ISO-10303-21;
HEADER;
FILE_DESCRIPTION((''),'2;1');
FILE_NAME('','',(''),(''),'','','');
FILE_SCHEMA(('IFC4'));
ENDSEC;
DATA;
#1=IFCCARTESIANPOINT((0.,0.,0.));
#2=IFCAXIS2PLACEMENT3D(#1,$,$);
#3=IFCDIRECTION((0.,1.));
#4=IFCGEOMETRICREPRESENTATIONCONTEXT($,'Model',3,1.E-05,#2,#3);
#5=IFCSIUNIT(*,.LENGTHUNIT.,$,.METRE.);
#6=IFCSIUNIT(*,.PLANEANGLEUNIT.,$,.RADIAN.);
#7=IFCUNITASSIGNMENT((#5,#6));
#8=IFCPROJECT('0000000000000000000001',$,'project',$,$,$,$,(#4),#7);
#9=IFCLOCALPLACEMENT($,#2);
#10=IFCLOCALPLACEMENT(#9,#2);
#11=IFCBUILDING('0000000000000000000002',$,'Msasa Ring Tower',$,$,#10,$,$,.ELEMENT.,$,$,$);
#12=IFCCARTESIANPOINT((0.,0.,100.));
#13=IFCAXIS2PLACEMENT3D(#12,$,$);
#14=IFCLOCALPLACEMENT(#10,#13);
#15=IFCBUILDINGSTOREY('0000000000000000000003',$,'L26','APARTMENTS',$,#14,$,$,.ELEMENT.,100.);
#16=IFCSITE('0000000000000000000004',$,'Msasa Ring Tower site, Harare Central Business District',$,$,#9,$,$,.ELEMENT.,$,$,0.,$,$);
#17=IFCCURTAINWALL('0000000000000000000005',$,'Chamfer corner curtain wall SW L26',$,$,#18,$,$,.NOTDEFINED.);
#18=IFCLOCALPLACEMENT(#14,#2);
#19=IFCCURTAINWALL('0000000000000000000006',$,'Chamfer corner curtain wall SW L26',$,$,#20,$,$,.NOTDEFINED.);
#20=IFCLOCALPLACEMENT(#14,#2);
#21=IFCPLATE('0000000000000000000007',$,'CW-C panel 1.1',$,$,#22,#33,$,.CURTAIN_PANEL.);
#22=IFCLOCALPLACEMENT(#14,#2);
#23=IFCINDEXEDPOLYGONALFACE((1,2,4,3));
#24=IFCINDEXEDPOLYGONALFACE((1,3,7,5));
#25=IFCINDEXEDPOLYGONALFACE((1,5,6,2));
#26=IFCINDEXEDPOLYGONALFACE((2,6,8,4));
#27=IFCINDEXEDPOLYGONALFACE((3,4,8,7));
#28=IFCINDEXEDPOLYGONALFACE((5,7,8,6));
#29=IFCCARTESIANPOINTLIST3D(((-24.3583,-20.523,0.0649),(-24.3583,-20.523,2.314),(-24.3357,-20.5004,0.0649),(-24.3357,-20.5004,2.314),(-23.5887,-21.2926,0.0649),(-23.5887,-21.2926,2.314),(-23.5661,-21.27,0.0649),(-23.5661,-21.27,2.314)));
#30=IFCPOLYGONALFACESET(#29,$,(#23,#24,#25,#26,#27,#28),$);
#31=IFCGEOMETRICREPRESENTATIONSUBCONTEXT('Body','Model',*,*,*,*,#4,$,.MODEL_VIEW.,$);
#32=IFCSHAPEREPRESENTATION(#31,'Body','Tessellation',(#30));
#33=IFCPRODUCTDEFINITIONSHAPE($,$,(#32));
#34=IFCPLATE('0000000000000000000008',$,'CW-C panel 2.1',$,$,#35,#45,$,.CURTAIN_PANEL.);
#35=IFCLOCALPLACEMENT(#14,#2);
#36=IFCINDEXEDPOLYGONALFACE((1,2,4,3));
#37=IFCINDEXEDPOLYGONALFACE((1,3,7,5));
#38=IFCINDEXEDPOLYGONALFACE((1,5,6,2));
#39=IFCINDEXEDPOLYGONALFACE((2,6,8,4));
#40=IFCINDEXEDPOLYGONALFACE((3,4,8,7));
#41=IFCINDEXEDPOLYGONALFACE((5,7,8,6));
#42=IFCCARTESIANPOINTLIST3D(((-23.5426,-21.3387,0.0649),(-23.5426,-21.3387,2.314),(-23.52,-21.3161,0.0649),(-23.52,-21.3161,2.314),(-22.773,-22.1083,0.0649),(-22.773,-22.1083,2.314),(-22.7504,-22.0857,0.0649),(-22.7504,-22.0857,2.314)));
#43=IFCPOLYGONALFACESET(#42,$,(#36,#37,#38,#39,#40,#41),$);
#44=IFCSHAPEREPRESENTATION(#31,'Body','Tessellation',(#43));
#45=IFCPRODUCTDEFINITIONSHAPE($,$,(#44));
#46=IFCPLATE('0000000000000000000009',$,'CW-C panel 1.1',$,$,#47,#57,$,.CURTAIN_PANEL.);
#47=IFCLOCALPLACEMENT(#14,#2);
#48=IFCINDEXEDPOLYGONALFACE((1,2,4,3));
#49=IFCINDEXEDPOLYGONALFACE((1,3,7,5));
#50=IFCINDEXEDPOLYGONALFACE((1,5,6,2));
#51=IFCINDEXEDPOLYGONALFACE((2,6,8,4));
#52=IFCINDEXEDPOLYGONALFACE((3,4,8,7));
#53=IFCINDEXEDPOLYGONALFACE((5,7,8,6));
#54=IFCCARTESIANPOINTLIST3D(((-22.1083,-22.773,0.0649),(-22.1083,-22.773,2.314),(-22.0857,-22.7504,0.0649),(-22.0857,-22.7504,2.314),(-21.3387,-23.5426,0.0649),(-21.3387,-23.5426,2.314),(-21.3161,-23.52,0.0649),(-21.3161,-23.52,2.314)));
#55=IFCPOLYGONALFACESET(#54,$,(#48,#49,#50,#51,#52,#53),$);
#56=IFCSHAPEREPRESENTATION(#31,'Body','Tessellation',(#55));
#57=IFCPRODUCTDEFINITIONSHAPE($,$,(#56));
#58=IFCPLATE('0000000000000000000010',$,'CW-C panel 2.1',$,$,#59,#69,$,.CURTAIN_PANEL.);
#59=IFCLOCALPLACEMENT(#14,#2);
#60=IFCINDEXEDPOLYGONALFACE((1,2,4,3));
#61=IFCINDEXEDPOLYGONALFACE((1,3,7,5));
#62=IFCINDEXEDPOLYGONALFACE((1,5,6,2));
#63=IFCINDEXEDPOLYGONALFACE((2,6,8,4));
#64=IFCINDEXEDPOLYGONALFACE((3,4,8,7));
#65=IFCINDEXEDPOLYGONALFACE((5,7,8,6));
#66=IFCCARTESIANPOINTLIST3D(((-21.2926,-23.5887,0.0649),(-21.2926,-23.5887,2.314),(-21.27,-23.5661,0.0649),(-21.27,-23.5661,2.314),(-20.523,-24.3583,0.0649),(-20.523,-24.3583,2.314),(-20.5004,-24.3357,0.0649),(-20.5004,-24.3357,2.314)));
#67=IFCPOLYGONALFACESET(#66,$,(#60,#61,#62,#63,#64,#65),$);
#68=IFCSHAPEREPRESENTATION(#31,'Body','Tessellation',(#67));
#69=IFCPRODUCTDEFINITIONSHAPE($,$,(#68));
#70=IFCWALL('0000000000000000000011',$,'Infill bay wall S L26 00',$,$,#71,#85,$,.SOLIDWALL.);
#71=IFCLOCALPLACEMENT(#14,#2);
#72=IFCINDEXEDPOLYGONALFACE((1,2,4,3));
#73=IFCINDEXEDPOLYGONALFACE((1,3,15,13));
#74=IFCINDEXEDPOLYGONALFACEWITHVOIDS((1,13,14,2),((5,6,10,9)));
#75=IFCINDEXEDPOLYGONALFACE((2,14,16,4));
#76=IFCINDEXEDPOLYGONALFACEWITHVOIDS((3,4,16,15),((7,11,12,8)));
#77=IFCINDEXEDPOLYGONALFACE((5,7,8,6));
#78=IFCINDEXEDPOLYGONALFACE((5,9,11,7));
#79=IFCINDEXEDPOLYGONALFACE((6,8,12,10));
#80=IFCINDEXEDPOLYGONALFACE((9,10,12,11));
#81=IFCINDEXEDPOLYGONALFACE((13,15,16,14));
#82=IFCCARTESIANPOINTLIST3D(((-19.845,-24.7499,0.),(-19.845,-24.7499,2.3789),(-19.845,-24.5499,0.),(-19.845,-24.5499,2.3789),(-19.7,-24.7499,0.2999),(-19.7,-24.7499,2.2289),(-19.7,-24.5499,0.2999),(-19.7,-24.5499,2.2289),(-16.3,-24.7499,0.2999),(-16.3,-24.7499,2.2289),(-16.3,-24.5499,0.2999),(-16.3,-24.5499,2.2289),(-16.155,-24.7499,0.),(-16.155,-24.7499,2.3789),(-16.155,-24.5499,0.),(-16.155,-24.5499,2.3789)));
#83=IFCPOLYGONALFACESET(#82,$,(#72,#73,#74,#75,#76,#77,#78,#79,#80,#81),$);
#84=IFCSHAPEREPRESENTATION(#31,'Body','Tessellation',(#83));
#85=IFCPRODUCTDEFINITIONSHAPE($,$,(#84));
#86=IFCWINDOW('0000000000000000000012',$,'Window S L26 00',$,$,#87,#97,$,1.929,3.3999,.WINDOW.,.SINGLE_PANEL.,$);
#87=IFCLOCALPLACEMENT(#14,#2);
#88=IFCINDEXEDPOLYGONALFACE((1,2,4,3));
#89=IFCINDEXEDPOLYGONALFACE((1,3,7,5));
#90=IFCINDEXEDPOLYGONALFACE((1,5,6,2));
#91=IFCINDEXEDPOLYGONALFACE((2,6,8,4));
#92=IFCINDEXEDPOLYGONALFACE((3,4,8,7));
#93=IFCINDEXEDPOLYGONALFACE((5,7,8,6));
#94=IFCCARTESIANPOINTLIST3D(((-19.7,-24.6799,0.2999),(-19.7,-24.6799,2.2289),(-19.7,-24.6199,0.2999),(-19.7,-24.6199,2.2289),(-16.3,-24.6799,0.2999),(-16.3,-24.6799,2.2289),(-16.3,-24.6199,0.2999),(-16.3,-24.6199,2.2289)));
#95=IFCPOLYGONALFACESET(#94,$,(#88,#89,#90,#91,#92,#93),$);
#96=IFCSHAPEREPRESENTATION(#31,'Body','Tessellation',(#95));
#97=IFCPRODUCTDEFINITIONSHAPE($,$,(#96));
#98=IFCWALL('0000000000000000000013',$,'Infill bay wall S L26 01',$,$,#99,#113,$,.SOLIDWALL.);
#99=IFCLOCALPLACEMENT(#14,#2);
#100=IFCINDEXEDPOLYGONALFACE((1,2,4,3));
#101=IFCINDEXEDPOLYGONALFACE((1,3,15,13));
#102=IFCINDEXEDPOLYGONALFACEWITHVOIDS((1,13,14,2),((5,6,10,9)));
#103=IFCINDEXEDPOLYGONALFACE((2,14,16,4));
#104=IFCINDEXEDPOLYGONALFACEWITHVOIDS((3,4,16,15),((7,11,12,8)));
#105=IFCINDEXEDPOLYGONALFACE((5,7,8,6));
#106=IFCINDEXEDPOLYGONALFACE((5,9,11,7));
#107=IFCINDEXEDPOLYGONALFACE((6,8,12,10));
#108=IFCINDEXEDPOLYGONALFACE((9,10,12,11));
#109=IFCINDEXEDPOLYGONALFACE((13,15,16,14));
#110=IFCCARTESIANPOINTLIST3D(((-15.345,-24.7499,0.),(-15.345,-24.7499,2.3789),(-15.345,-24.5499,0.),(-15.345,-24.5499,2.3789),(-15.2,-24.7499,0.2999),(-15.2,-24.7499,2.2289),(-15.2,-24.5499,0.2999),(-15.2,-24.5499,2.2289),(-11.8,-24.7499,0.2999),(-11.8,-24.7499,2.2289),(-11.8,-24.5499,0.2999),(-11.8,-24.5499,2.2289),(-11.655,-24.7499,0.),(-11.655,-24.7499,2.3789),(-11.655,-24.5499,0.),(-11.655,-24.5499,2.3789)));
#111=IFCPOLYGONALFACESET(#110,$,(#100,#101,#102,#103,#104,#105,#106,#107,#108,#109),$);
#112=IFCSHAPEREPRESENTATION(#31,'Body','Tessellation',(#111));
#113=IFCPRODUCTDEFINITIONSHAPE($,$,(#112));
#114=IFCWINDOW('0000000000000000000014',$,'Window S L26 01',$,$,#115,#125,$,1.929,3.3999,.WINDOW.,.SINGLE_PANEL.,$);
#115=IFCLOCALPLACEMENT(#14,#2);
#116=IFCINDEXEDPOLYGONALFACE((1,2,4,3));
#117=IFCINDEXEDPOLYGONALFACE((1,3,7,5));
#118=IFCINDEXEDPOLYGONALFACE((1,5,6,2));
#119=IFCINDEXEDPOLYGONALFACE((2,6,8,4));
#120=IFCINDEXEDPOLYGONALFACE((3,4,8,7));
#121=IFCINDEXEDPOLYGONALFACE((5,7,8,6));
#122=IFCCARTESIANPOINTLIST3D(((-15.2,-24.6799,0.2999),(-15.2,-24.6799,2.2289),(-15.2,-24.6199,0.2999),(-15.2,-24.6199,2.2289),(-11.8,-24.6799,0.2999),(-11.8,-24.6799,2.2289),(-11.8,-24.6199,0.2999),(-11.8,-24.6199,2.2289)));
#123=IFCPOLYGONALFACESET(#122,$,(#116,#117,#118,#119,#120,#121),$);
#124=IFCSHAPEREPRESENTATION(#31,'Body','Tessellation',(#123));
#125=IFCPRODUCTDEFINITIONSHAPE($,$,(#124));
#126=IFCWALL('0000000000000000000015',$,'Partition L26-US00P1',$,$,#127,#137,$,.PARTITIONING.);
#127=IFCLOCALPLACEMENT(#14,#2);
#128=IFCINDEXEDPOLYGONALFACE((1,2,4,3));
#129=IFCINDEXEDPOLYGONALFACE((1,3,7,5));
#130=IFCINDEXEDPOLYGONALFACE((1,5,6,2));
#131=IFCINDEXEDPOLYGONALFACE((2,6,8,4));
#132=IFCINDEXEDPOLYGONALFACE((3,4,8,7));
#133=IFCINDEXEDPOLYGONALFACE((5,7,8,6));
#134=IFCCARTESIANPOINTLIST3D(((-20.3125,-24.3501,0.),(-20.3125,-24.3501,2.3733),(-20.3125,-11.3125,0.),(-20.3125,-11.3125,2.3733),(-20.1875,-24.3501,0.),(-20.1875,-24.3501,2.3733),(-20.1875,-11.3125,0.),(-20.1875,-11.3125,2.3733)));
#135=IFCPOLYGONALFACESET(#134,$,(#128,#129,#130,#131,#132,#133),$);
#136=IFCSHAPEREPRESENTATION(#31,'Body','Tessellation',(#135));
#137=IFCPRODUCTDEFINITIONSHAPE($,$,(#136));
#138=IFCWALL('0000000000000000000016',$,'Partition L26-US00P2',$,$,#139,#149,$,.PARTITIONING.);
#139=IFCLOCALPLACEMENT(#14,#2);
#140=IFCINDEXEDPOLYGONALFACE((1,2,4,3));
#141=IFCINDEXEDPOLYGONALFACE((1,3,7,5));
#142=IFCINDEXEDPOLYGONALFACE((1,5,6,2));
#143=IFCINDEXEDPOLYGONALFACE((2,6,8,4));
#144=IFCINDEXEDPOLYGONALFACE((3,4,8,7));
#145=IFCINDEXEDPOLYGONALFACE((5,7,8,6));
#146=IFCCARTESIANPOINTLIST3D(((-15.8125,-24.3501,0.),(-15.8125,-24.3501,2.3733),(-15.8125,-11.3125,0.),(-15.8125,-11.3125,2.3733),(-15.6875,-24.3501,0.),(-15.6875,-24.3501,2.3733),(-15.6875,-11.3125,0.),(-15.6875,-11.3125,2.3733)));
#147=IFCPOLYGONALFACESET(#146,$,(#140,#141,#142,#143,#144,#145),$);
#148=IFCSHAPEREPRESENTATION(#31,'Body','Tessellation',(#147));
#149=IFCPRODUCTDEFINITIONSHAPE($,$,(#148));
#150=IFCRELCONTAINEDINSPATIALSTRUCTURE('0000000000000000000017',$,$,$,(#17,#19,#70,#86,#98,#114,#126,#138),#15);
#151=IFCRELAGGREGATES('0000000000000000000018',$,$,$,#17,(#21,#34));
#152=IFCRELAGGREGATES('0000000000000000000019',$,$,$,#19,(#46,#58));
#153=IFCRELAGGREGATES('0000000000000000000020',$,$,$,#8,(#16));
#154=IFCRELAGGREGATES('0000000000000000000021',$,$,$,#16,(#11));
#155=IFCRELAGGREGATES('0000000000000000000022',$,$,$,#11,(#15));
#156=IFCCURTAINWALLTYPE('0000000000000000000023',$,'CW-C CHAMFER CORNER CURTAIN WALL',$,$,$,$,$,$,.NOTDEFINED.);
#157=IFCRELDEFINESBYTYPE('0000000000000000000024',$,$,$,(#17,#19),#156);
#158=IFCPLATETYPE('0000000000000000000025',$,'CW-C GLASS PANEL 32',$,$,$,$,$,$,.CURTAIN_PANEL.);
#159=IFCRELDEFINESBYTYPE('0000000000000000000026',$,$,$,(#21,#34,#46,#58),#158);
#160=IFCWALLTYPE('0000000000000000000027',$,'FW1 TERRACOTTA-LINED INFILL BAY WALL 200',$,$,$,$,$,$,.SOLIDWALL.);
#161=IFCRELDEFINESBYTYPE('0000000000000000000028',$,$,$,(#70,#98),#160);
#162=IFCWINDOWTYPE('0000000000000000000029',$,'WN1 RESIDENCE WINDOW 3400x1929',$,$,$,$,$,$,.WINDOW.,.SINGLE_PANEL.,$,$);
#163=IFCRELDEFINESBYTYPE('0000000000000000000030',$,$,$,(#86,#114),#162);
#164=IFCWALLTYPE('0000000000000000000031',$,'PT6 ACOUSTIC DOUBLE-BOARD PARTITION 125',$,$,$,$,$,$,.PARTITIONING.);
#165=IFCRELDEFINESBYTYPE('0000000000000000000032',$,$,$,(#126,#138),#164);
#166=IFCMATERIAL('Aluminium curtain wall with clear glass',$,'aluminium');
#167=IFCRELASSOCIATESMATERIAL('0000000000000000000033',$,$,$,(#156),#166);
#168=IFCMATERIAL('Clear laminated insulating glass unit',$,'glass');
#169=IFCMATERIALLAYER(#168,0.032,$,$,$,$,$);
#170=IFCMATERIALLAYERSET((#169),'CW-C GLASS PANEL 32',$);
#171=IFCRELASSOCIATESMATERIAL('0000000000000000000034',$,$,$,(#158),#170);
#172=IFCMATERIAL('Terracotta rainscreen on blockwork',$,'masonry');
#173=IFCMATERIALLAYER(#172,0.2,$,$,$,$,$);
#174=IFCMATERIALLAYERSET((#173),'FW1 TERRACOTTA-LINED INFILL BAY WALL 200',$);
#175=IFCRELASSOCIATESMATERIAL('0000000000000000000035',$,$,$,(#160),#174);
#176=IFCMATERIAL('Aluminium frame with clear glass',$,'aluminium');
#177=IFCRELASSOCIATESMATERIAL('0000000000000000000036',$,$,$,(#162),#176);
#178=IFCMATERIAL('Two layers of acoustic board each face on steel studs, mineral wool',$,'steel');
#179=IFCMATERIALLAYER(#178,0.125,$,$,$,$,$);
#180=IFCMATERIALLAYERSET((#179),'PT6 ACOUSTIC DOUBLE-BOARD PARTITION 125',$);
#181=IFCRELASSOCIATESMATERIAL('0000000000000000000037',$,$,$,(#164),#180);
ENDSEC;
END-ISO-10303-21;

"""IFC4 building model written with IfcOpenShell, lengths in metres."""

from ifc_helpers import new_model, si_unit, direction, frame, frame_2d, origin, origin_2d, place, context, subcontext, project, spatial, rectangle, extrude, material, layer, layer_set, type_object, element, fill, aggregate, save


model = new_model("IFC4")

# Units and contexts
model_context = context("Model", 3, precision=1e-05, world=origin(), true_north=direction((0.0, 1.0)))
body_context = subcontext(model_context, "Body", "Model", "MODEL_VIEW")
ifc_project = project(units=[si_unit("LENGTHUNIT", "METRE"), si_unit("PLANEANGLEUNIT", "RADIAN")], contexts=[model_context])

# Site, building, storey
site_placement = place(None, origin())
site = spatial("IfcSite", under=ifc_project, at=site_placement, Name="Msasa Ring Tower site, Harare Central Business District", CompositionType="ELEMENT", RefElevation=0.0)
building_placement = place(site_placement, origin())
building = spatial("IfcBuilding", under=site, at=building_placement, Name="Msasa Ring Tower", CompositionType="ELEMENT")
storey_placement = place(building_placement, frame((0.0, 0.0, 100.0)))
storey = spatial("IfcBuildingStorey", under=building, at=storey_placement, Name="L26", Description="APARTMENTS", CompositionType="ELEMENT", Elevation=100.0)

# Curtain walls
ifc_material_1 = material(Name="Aluminium curtain wall with clear glass", Category="aluminium")
curtain_wall_type = type_object("IfcCurtainWallType", Name="CW-C CHAMFER CORNER CURTAIN WALL", PredefinedType="NOTDEFINED", material=ifc_material_1)
curtain_wall_1_placement = place(storey_placement, origin())
curtain_wall_1 = element("IfcCurtainWall", 1, at=curtain_wall_1_placement, inside=storey, type_object=curtain_wall_type, Name="Chamfer corner curtain wall SW L26", PredefinedType="NOTDEFINED")
curtain_wall_2_placement = place(storey_placement, origin())
curtain_wall_2 = element("IfcCurtainWall", 2, at=curtain_wall_2_placement, inside=storey, type_object=curtain_wall_type, Name="Chamfer corner curtain wall SW L26", PredefinedType="NOTDEFINED")

# Plates
ifc_material_2 = material(Name="Clear laminated insulating glass unit", Category="glass")
ifc_layer_1 = layer(ifc_material_2, 0.032)
ifc_layer_set_1 = layer_set([ifc_layer_1], Name="CW-C GLASS PANEL 32")
plate_type = type_object("IfcPlateType", Name="CW-C GLASS PANEL 32", PredefinedType="CURTAIN_PANEL", material=ifc_layer_set_1)
plate_1_placement = place(storey_placement, frame((-23.9622, -20.8965, 0.0649), z_axis=(0.0, 0.0, 1.0), x_axis=(0.707107, -0.707107, 0.0)))
plate_1 = element("IfcPlate", 3, at=plate_1_placement, type_object=plate_type, Name="CW-C panel 1.1", PredefinedType="CURTAIN_PANEL", context=body_context, shape_type="SweptSolid", body=[
    extrude(rectangle(XDim=1.0884, YDim=0.032, at=origin_2d()), origin(), (0.0, 0.0, 1.0), 2.249),
])
plate_2_placement = place(storey_placement, frame((-23.1465, -21.7122, 0.0649), z_axis=(0.0, 0.0, 1.0), x_axis=(0.707107, -0.707107, 0.0)))
plate_2 = element("IfcPlate", 4, at=plate_2_placement, type_object=plate_type, Name="CW-C panel 2.1", PredefinedType="CURTAIN_PANEL", context=body_context, shape_type="SweptSolid", body=[
    extrude(rectangle(XDim=1.0884, YDim=0.032, at=origin_2d()), origin(), (0.0, 0.0, 1.0), 2.249),
])
aggregate(curtain_wall_1, [plate_1, plate_2])
plate_3_placement = place(storey_placement, frame((-21.7122, -23.1465, 0.0649), z_axis=(0.0, 0.0, 1.0), x_axis=(0.707107, -0.707107, 0.0)))
plate_3 = element("IfcPlate", 5, at=plate_3_placement, type_object=plate_type, Name="CW-C panel 1.1", PredefinedType="CURTAIN_PANEL", context=body_context, shape_type="SweptSolid", body=[
    extrude(rectangle(XDim=1.0884, YDim=0.032, at=origin_2d()), origin(), (0.0, 0.0, 1.0), 2.249),
])
plate_4_placement = place(storey_placement, frame((-20.8965, -23.9622, 0.0649), z_axis=(0.0, 0.0, 1.0), x_axis=(0.707107, -0.707107, 0.0)))
plate_4 = element("IfcPlate", 6, at=plate_4_placement, type_object=plate_type, Name="CW-C panel 2.1", PredefinedType="CURTAIN_PANEL", context=body_context, shape_type="SweptSolid", body=[
    extrude(rectangle(XDim=1.0884, YDim=0.032, at=origin_2d()), origin(), (0.0, 0.0, 1.0), 2.249),
])
aggregate(curtain_wall_2, [plate_3, plate_4])

# Walls, openings, windows
ifc_material_3 = material(Name="Terracotta rainscreen on blockwork", Category="masonry")
ifc_layer_2 = layer(ifc_material_3, 0.2)
ifc_layer_set_2 = layer_set([ifc_layer_2], Name="FW1 TERRACOTTA-LINED INFILL BAY WALL 200")
wall_type_1 = type_object("IfcWallType", Name="FW1 TERRACOTTA-LINED INFILL BAY WALL 200", PredefinedType="SOLIDWALL", material=ifc_layer_set_2)
wall_1_placement = place(storey_placement, frame((-19.845, -24.6499, 0.0), z_axis=(0.0, 0.0, 1.0), x_axis=(1.0, 0.0, 0.0)))
wall_1 = element("IfcWall", 7, at=wall_1_placement, inside=storey, type_object=wall_type_1, Name="Infill bay wall S L26 00", PredefinedType="SOLIDWALL", context=body_context, shape_type="SweptSolid", body=[
    extrude(rectangle(XDim=3.6899, YDim=0.2, at=frame_2d((1.845, 0.0))), origin(), (0.0, 0.0, 1.0), 2.3789),
])
opening_1_placement = place(wall_1_placement, frame((0.145, 0.0, 0.3)))
opening_1 = element("IfcOpeningElement", 8, at=opening_1_placement, cuts=wall_1, PredefinedType="OPENING", context=body_context, shape_type="SweptSolid", body=[
    extrude(rectangle(XDim=3.3999, YDim=1.929, at=frame_2d((1.7, 0.9644))), frame((0.0, 0.1099, 0.0), z_axis=(0.0, -1.0, 0.0), x_axis=(1.0, 0.0, 0.0)), (0.0, 0.0, 1.0), 0.22),
])
ifc_material_4 = material(Name="Aluminium frame with clear glass", Category="aluminium")
window_type = type_object("IfcWindowType", Name="WN1 RESIDENCE WINDOW 3400x1929", PartitioningType="SINGLE_PANEL", PredefinedType="WINDOW", material=ifc_material_4)
window_1_placement = place(opening_1_placement, origin())
window_1 = element("IfcWindow", 9, at=window_1_placement, inside=storey, type_object=window_type, Name="Window S L26 00", OverallHeight=1.929, OverallWidth=3.3999, PartitioningType="SINGLE_PANEL", PredefinedType="WINDOW", context=body_context, shape_type="SweptSolid", body=[
    extrude(rectangle(XDim=3.3999, YDim=1.929, at=frame_2d((1.7, 0.9644))), frame((0.0, 0.03, 0.0), z_axis=(0.0, -1.0, 0.0), x_axis=(1.0, 0.0, 0.0)), (0.0, 0.0, 1.0), 0.0601),
])
fill(opening_1, window_1)
wall_2_placement = place(storey_placement, frame((-15.345, -24.6499, 0.0), z_axis=(0.0, 0.0, 1.0), x_axis=(1.0, 0.0, 0.0)))
wall_2 = element("IfcWall", 10, at=wall_2_placement, inside=storey, type_object=wall_type_1, Name="Infill bay wall S L26 01", PredefinedType="SOLIDWALL", context=body_context, shape_type="SweptSolid", body=[
    extrude(rectangle(XDim=3.6899, YDim=0.2, at=frame_2d((1.845, 0.0))), origin(), (0.0, 0.0, 1.0), 2.3789),
])
opening_2_placement = place(wall_2_placement, frame((0.145, 0.0, 0.3)))
opening_2 = element("IfcOpeningElement", 11, at=opening_2_placement, cuts=wall_2, PredefinedType="OPENING", context=body_context, shape_type="SweptSolid", body=[
    extrude(rectangle(XDim=3.3999, YDim=1.929, at=frame_2d((1.7, 0.9644))), frame((0.0, 0.1099, 0.0), z_axis=(0.0, -1.0, 0.0), x_axis=(1.0, 0.0, 0.0)), (0.0, 0.0, 1.0), 0.22),
])
window_2_placement = place(opening_2_placement, origin())
window_2 = element("IfcWindow", 12, at=window_2_placement, inside=storey, type_object=window_type, Name="Window S L26 01", OverallHeight=1.929, OverallWidth=3.3999, PartitioningType="SINGLE_PANEL", PredefinedType="WINDOW", context=body_context, shape_type="SweptSolid", body=[
    extrude(rectangle(XDim=3.3999, YDim=1.929, at=frame_2d((1.7, 0.9644))), frame((0.0, 0.03, 0.0), z_axis=(0.0, -1.0, 0.0), x_axis=(1.0, 0.0, 0.0)), (0.0, 0.0, 1.0), 0.0601),
])
fill(opening_2, window_2)

# Walls
ifc_material_5 = material(Name="Two layers of acoustic board each face on steel studs, mineral wool", Category="steel")
ifc_layer_3 = layer(ifc_material_5, 0.125)
ifc_layer_set_3 = layer_set([ifc_layer_3], Name="PT6 ACOUSTIC DOUBLE-BOARD PARTITION 125")
wall_type_2 = type_object("IfcWallType", Name="PT6 ACOUSTIC DOUBLE-BOARD PARTITION 125", PredefinedType="PARTITIONING", material=ifc_layer_set_3)
for number, where, z_axis, x_axis, name in (
    (13, (-20.25, -24.3501, 0.0), (0.0, 0.0, 1.0), (0.0, 1.0, 0.0), "Partition L26-US00P1"),
    (14, (-15.75, -24.3501, 0.0), (0.0, 0.0, 1.0), (0.0, 1.0, 0.0), "Partition L26-US00P2"),
):
    element("IfcWall", number, at=place(storey_placement, frame(where, z_axis=z_axis, x_axis=x_axis)), inside=storey, type_object=wall_type_2, Name=name, PredefinedType="PARTITIONING", context=body_context, shape_type="SweptSolid", body=[
        extrude(rectangle(XDim=13.0376, YDim=0.125, at=frame_2d((6.5188, 0.0))), origin(), (0.0, 0.0, 1.0), 2.3733),
    ])

save(model, "model.ifc")
